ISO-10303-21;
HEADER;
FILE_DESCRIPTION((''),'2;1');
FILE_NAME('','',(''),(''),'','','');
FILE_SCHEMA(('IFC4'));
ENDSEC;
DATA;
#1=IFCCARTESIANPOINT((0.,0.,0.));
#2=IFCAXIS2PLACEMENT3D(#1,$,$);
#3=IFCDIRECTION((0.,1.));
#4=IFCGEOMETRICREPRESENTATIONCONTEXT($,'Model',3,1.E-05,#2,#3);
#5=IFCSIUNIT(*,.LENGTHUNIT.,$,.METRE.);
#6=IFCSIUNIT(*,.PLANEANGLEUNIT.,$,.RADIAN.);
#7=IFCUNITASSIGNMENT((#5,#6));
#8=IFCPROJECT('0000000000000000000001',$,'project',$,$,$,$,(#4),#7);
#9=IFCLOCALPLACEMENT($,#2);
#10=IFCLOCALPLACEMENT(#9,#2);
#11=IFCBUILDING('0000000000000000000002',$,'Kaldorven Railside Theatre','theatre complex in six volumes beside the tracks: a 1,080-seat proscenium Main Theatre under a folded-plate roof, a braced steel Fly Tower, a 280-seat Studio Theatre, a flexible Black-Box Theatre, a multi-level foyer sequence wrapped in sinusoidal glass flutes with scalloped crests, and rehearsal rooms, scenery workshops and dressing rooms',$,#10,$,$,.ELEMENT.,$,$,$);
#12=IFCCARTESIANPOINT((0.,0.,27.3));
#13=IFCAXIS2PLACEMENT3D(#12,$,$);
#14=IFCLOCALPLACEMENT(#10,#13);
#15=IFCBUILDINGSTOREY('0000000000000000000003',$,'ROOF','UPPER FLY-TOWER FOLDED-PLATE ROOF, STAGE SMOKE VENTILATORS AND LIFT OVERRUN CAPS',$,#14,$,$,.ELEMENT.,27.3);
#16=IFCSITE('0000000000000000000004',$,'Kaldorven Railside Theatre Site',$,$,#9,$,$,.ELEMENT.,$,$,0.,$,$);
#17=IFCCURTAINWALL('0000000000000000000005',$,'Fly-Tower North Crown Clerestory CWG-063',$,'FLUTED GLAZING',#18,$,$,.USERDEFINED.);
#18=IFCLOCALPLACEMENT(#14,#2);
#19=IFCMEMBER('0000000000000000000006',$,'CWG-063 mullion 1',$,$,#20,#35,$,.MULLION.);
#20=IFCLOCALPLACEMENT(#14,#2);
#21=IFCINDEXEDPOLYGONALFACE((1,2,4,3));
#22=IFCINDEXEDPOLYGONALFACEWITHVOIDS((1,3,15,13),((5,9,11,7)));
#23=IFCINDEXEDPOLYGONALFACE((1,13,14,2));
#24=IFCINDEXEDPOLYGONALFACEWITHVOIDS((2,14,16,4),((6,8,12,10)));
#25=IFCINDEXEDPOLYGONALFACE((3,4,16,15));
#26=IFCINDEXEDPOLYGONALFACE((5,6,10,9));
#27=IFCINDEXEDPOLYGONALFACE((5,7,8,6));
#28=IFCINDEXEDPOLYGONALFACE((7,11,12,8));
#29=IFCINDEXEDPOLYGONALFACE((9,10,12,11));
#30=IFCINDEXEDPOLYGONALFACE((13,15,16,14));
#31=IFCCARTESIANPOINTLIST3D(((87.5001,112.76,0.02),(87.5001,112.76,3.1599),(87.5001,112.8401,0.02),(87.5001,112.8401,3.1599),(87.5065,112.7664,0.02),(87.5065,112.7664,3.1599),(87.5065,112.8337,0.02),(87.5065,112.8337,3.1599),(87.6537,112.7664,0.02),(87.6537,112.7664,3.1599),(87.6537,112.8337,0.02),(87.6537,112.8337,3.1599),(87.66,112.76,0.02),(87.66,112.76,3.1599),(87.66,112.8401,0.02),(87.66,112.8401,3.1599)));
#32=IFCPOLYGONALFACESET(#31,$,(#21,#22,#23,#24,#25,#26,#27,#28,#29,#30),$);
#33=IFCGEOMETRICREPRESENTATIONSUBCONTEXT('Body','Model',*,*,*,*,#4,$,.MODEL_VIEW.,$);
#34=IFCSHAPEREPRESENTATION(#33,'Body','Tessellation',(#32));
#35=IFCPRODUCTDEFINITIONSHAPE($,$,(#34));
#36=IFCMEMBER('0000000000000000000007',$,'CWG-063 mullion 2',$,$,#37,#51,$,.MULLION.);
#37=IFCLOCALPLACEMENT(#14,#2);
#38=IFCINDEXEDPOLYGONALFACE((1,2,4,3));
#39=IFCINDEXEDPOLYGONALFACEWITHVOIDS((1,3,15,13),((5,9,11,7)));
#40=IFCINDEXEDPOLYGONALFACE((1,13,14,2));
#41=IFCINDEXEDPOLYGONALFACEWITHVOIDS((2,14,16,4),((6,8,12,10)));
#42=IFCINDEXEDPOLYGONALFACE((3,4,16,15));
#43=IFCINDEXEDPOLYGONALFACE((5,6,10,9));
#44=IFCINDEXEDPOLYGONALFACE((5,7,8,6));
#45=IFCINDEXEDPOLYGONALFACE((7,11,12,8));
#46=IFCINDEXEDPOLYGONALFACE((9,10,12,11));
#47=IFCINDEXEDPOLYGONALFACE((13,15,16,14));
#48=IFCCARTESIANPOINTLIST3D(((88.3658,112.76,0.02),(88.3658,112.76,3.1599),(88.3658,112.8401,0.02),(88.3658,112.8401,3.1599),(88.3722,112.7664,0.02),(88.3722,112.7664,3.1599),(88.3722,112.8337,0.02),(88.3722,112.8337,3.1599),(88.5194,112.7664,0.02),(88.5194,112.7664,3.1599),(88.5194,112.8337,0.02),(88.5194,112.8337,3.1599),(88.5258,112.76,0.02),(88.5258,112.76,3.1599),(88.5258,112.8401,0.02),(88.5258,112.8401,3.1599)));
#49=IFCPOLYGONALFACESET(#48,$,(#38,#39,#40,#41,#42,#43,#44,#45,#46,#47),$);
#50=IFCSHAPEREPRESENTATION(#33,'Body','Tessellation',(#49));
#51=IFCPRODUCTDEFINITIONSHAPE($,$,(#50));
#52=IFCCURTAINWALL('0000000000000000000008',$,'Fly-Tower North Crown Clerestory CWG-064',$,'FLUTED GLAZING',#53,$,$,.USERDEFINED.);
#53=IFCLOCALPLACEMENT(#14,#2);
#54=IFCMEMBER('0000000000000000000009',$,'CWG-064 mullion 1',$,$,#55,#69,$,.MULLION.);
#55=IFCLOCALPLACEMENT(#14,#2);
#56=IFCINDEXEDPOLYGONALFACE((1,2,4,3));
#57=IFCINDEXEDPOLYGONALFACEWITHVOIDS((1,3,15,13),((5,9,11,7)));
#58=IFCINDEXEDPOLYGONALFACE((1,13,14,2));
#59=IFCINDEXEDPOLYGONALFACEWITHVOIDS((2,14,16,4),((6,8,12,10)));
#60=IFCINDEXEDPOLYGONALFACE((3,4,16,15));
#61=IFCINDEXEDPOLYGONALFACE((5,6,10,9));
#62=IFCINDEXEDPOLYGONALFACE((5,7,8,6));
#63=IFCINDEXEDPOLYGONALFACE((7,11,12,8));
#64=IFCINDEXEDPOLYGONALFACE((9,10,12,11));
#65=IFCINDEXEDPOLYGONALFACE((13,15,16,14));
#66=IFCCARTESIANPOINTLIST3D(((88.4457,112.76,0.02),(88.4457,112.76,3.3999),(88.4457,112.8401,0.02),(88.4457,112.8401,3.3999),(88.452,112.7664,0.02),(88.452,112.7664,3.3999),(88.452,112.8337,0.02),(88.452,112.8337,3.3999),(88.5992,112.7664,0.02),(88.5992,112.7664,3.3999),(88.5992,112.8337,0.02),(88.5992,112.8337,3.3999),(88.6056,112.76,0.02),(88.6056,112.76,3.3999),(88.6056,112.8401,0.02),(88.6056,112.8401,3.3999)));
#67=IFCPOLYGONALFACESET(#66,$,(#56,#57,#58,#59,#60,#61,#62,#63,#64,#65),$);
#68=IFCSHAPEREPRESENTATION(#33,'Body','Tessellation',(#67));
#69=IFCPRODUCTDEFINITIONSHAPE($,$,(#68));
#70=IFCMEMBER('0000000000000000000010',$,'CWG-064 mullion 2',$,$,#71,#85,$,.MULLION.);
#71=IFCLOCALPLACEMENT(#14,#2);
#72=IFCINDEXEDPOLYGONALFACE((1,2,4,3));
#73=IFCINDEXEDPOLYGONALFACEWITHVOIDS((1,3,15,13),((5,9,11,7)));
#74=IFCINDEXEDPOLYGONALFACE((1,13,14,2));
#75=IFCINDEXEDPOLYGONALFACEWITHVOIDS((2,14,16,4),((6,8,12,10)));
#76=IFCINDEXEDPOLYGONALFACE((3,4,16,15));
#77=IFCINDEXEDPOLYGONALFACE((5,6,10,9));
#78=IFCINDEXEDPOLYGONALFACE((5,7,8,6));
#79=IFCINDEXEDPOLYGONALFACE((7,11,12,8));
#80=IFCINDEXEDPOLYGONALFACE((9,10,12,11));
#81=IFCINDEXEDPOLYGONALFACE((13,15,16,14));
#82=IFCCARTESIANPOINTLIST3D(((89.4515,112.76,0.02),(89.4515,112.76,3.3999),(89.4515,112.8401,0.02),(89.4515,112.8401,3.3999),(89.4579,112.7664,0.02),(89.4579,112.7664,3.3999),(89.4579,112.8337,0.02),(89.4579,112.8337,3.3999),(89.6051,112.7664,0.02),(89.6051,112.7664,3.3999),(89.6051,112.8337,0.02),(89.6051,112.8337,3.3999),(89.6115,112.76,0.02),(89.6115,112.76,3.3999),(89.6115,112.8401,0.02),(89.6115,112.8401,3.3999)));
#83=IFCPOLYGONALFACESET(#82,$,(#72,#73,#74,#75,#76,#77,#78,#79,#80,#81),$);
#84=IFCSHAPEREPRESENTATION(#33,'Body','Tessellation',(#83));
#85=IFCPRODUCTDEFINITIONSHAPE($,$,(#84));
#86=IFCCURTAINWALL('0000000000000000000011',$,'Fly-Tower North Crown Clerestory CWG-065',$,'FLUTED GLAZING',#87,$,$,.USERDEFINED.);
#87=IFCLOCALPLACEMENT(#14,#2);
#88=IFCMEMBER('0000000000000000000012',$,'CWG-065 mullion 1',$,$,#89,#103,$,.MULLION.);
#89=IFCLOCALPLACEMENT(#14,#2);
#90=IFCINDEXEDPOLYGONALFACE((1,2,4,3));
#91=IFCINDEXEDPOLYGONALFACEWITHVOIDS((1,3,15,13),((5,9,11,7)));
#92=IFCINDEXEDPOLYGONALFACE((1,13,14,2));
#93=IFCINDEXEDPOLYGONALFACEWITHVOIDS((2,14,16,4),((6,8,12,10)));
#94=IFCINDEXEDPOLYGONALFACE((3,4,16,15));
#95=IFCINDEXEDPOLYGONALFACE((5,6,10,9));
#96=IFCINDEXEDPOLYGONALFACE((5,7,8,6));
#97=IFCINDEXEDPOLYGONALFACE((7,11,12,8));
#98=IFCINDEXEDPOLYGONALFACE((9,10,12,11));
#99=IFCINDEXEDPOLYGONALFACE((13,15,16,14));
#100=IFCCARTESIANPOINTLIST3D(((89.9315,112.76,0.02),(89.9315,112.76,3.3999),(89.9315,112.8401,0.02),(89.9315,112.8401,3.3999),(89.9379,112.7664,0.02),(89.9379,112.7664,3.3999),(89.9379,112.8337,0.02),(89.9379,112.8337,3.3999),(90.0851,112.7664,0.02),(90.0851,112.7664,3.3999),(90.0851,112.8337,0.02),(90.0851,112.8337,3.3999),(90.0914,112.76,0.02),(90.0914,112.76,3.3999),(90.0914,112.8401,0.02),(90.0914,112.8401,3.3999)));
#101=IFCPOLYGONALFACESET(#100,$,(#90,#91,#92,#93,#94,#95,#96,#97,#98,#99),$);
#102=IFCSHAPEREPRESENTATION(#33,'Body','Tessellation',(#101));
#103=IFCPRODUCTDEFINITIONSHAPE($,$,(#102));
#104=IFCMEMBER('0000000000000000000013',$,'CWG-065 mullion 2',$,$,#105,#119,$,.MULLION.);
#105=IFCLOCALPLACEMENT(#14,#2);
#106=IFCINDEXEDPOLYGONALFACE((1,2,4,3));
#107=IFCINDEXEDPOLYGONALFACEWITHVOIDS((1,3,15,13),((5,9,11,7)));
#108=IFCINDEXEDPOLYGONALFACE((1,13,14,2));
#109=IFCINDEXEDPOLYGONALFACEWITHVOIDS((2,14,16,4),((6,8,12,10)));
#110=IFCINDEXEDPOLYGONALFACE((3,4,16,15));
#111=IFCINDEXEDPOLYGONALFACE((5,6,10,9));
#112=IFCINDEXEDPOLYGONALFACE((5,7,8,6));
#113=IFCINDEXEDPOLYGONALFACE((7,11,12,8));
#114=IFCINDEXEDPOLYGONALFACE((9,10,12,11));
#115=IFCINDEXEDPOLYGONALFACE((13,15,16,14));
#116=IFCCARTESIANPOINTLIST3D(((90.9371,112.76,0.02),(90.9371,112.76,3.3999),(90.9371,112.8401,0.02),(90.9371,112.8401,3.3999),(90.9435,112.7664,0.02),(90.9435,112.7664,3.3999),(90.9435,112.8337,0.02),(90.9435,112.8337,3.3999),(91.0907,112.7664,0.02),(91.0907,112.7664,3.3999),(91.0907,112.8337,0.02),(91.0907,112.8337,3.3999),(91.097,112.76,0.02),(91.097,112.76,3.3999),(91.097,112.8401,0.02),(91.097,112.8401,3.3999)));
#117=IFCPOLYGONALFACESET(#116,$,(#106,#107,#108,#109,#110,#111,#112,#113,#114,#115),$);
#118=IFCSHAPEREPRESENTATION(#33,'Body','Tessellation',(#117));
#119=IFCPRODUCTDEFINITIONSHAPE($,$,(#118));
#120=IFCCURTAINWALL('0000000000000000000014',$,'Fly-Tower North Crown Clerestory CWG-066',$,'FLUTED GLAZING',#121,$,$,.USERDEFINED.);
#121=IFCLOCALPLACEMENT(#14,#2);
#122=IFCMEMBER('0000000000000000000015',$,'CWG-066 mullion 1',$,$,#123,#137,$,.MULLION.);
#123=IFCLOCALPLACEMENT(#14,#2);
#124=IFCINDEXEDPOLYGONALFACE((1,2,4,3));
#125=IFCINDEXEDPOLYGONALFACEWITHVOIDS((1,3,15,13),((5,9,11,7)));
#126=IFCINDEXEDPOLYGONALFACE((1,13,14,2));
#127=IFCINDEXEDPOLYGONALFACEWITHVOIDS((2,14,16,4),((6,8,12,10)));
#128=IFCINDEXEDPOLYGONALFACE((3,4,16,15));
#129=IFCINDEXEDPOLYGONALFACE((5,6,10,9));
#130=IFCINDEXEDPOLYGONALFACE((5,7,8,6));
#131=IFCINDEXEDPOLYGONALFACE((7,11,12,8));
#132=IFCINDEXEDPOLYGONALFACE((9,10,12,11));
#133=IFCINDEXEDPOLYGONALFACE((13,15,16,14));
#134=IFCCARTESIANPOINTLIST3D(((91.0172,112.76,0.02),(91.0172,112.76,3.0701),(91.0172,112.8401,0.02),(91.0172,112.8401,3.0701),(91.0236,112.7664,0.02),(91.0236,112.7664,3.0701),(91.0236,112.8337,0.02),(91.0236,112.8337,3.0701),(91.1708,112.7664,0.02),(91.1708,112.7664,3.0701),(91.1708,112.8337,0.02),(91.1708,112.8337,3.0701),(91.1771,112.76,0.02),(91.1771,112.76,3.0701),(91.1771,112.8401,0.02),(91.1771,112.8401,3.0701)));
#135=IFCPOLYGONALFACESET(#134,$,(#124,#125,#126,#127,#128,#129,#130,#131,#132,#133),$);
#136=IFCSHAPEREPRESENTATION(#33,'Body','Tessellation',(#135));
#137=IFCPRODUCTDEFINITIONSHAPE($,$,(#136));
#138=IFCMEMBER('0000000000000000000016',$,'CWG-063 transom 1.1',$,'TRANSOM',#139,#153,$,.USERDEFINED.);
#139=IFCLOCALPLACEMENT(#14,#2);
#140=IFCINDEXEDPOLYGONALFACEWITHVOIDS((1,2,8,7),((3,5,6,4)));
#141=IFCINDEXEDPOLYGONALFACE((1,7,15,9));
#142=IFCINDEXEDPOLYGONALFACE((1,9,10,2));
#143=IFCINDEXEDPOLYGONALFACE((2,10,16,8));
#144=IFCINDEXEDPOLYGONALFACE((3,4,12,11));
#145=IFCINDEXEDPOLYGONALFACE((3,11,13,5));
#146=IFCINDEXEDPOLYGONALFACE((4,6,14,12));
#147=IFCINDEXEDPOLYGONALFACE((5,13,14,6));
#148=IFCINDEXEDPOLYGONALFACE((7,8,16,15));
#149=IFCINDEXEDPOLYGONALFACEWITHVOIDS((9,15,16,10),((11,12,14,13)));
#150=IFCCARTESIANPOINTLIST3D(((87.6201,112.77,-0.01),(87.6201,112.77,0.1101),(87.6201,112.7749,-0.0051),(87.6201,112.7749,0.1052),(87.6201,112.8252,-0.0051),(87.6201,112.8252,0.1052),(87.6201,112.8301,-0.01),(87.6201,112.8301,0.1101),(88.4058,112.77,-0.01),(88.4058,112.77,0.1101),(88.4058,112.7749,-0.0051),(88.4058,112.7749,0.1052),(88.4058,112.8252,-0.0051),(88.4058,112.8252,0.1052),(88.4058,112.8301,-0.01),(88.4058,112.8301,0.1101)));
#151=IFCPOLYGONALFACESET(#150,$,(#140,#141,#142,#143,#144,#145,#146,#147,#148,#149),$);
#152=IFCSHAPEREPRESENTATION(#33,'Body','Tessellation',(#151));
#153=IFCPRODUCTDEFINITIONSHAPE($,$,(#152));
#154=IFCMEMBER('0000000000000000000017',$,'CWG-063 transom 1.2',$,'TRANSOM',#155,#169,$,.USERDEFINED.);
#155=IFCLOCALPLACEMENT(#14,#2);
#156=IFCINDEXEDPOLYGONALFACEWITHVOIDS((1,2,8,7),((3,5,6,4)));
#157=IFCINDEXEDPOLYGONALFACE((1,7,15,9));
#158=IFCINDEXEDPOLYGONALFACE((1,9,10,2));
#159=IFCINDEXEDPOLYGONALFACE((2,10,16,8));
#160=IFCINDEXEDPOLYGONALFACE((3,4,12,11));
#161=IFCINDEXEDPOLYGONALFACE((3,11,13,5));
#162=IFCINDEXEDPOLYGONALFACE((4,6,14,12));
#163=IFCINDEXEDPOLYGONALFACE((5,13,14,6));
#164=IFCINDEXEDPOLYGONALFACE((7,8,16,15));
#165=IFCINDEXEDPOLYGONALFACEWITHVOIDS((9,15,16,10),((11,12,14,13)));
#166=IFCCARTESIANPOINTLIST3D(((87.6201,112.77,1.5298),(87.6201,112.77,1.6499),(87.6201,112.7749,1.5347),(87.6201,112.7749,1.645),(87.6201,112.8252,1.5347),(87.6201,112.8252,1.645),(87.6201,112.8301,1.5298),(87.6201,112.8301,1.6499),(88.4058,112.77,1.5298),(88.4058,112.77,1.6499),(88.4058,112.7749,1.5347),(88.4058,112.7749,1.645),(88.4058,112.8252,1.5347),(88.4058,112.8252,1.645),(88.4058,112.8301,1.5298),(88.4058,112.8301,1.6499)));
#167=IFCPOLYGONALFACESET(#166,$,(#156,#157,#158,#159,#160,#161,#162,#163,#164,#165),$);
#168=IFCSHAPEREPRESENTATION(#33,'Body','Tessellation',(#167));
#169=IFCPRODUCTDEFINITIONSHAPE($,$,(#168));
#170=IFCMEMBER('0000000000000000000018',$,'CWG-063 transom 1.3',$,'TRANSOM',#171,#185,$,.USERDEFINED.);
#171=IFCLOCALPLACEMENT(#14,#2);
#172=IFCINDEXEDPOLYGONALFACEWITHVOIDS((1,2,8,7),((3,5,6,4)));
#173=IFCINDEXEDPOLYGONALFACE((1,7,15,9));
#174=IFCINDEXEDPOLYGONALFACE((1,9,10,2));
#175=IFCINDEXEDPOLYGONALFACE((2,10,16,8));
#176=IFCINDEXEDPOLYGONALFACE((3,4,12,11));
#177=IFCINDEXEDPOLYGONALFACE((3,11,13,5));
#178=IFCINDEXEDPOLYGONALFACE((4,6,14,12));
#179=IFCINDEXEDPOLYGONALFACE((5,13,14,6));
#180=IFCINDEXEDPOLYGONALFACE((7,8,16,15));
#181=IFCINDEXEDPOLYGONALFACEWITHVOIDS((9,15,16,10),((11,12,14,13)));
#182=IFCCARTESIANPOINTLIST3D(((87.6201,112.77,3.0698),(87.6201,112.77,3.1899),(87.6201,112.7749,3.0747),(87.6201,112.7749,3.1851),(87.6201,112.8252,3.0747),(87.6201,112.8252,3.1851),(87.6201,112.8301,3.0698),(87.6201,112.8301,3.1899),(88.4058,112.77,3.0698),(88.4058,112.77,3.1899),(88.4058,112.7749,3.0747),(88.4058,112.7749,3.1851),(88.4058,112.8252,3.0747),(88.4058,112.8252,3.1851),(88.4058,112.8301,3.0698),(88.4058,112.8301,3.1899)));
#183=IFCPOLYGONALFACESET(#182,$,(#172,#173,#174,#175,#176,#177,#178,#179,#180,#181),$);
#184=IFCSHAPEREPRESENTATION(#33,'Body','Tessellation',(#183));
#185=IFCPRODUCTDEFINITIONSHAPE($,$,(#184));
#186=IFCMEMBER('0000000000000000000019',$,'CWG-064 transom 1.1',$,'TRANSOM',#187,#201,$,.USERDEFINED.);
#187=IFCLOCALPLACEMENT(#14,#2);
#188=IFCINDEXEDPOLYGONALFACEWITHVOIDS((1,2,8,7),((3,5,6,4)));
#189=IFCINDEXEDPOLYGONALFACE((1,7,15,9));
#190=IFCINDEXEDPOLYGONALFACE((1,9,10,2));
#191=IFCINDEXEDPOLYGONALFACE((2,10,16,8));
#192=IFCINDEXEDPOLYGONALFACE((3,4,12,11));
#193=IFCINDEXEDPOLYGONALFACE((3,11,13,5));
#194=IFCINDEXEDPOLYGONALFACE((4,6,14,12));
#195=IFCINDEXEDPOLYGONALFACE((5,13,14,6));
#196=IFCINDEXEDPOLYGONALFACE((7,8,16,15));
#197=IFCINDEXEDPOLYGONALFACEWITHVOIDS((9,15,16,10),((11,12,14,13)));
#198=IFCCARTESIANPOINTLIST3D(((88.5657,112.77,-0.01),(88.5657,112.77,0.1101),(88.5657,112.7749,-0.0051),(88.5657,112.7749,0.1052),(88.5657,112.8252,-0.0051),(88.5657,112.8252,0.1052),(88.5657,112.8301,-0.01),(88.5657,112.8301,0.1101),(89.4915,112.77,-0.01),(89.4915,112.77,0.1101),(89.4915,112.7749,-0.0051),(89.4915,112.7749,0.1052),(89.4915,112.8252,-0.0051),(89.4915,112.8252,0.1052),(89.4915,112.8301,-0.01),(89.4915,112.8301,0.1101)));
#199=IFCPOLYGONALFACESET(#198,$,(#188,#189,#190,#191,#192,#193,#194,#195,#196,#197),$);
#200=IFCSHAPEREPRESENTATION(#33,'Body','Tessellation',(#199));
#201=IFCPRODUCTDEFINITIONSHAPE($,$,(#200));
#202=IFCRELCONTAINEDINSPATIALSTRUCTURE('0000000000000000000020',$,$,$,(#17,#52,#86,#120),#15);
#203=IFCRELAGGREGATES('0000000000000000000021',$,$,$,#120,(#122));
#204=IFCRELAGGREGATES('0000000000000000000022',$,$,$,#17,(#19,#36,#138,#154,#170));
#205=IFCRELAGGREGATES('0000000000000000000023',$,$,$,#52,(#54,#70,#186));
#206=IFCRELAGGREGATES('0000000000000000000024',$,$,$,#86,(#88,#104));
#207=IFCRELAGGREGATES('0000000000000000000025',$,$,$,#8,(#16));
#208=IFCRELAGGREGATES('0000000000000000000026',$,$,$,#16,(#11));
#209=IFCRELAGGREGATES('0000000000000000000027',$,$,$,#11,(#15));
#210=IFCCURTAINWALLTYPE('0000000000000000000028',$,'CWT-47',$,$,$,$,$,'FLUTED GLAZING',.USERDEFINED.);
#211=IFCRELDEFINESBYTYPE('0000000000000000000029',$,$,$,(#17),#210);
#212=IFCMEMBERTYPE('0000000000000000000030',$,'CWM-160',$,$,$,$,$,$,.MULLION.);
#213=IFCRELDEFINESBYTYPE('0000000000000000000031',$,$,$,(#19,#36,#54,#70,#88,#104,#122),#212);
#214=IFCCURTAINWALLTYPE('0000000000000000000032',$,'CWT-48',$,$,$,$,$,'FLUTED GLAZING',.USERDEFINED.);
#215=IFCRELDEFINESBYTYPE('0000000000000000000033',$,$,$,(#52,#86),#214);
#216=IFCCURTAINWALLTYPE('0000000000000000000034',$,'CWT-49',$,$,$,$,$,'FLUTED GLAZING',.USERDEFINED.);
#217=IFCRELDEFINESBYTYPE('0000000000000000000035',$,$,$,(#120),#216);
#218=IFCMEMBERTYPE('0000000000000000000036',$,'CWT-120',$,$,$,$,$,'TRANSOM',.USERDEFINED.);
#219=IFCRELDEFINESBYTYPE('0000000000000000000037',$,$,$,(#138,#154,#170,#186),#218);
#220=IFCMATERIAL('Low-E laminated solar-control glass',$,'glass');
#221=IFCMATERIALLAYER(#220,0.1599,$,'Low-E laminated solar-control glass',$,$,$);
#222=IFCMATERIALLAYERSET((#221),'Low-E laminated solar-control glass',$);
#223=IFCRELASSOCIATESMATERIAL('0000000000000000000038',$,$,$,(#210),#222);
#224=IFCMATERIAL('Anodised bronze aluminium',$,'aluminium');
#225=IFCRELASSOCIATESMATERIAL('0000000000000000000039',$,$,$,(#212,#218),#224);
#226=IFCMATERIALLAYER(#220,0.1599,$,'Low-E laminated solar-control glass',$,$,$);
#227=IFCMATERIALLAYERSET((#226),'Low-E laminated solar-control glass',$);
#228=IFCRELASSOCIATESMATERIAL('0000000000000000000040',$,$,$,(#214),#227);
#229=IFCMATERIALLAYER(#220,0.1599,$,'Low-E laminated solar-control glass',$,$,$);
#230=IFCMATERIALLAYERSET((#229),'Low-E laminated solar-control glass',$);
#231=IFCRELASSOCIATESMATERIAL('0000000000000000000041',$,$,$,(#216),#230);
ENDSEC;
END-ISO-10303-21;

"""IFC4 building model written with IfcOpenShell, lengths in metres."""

from ifc_helpers import new_model, si_unit, direction, frame, origin, origin_2d, place, context, subcontext, project, spatial, hollow_rectangle, extrude, material, layer, layer_set, material_profile, profile_set, type_object, element, aggregate, save


model = new_model("IFC4")

# Units and contexts
model_context = context("Model", 3, precision=1e-05, world=origin(), true_north=direction((0.0, 1.0)))
body_context = subcontext(model_context, "Body", "Model", "MODEL_VIEW")
ifc_project = project(units=[si_unit("LENGTHUNIT", "METRE"), si_unit("PLANEANGLEUNIT", "RADIAN")], contexts=[model_context])

# Site, building, storey
site_placement = place(None, origin())
site = spatial("IfcSite", under=ifc_project, at=site_placement, Name="Kaldorven Railside Theatre Site", CompositionType="ELEMENT", RefElevation=0.0)
building_placement = place(site_placement, origin())
building = spatial("IfcBuilding", under=site, at=building_placement, Name="Kaldorven Railside Theatre", Description="theatre complex in six volumes beside the tracks: a 1,080-seat proscenium Main Theatre under a folded-plate roof, a braced steel Fly Tower, a 280-seat Studio Theatre, a flexible Black-Box Theatre, a multi-level foyer sequence wrapped in sinusoidal glass flutes with scalloped crests, and rehearsal rooms, scenery workshops and dressing rooms", CompositionType="ELEMENT")
storey_placement = place(building_placement, frame((0.0, 0.0, 27.3)))
storey = spatial("IfcBuildingStorey", under=building, at=storey_placement, Name="ROOF", Description="UPPER FLY-TOWER FOLDED-PLATE ROOF, STAGE SMOKE VENTILATORS AND LIFT OVERRUN CAPS", CompositionType="ELEMENT", Elevation=27.3)

# Curtain walls, members
ifc_material_1 = material(Name="Low-E laminated solar-control glass", Category="glass")
ifc_layer_1 = layer(ifc_material_1, 0.1599, Name="Low-E laminated solar-control glass")
ifc_layer_set_1 = layer_set([ifc_layer_1], Name="Low-E laminated solar-control glass")
curtain_wall_type_1 = type_object("IfcCurtainWallType", Name="CWT-47", ElementType="FLUTED GLAZING", PredefinedType="USERDEFINED", material=ifc_layer_set_1)
curtain_wall_1_placement = place(storey_placement, origin())
curtain_wall_1 = element("IfcCurtainWall", 1, at=curtain_wall_1_placement, inside=storey, type_object=curtain_wall_type_1, Name="Fly-Tower North Crown Clerestory CWG-063", ObjectType="FLUTED GLAZING", PredefinedType="USERDEFINED")
ifc_material_2 = material(Name="Anodised bronze aluminium", Category="aluminium")
ifc_material_profile_1 = material_profile(ifc_material_2, hollow_rectangle(XDim=0.0801, YDim=0.1599, WallThickness=0.0063, at=origin_2d()), Name="RHS 160x80x6.3")
ifc_profile_set_1 = profile_set([ifc_material_profile_1], Name="Anodised bronze aluminium")
member_type_1 = type_object("IfcMemberType", Name="CWM-160", PredefinedType="MULLION", material=ifc_profile_set_1)
member_1_placement = place(storey_placement, frame((87.5801, 112.8, 0.02), z_axis=(0.0, 0.0, 1.0), x_axis=(0.0, 1.0, 0.0)))
member_1 = element("IfcMember", 2, at=member_1_placement, type_object=member_type_1, Name="CWG-063 mullion 1", PredefinedType="MULLION", context=body_context, shape_type="SweptSolid", body=[
    extrude(hollow_rectangle(XDim=0.0801, YDim=0.1599, WallThickness=0.0063, at=origin_2d()), origin(), (0.0, 0.0, 1.0), 3.1399),
])
member_2_placement = place(storey_placement, frame((88.4458, 112.8, 0.02), z_axis=(0.0, 0.0, 1.0), x_axis=(0.0, 1.0, 0.0)))
member_2 = element("IfcMember", 3, at=member_2_placement, type_object=member_type_1, Name="CWG-063 mullion 2", PredefinedType="MULLION", context=body_context, shape_type="SweptSolid", body=[
    extrude(hollow_rectangle(XDim=0.0801, YDim=0.1599, WallThickness=0.0063, at=origin_2d()), origin(), (0.0, 0.0, 1.0), 3.1399),
])
ifc_layer_2 = layer(ifc_material_1, 0.1599, Name="Low-E laminated solar-control glass")
ifc_layer_set_2 = layer_set([ifc_layer_2], Name="Low-E laminated solar-control glass")
curtain_wall_type_2 = type_object("IfcCurtainWallType", Name="CWT-48", ElementType="FLUTED GLAZING", PredefinedType="USERDEFINED", material=ifc_layer_set_2)
curtain_wall_2_placement = place(storey_placement, origin())
curtain_wall_2 = element("IfcCurtainWall", 4, at=curtain_wall_2_placement, inside=storey, type_object=curtain_wall_type_2, Name="Fly-Tower North Crown Clerestory CWG-064", ObjectType="FLUTED GLAZING", PredefinedType="USERDEFINED")
member_3_placement = place(storey_placement, frame((88.5256, 112.8, 0.02), z_axis=(0.0, 0.0, 1.0), x_axis=(0.0, 1.0, 0.0)))
member_3 = element("IfcMember", 5, at=member_3_placement, type_object=member_type_1, Name="CWG-064 mullion 1", PredefinedType="MULLION", context=body_context, shape_type="SweptSolid", body=[
    extrude(hollow_rectangle(XDim=0.0801, YDim=0.1599, WallThickness=0.0063, at=origin_2d()), origin(), (0.0, 0.0, 1.0), 3.3799),
])
member_4_placement = place(storey_placement, frame((89.5315, 112.8, 0.02), z_axis=(0.0, 0.0, 1.0), x_axis=(0.0, 1.0, 0.0)))
member_4 = element("IfcMember", 6, at=member_4_placement, type_object=member_type_1, Name="CWG-064 mullion 2", PredefinedType="MULLION", context=body_context, shape_type="SweptSolid", body=[
    extrude(hollow_rectangle(XDim=0.0801, YDim=0.1599, WallThickness=0.0063, at=origin_2d()), origin(), (0.0, 0.0, 1.0), 3.3799),
])
curtain_wall_3_placement = place(storey_placement, origin())
curtain_wall_3 = element("IfcCurtainWall", 7, at=curtain_wall_3_placement, inside=storey, type_object=curtain_wall_type_2, Name="Fly-Tower North Crown Clerestory CWG-065", ObjectType="FLUTED GLAZING", PredefinedType="USERDEFINED")
member_5_placement = place(storey_placement, frame((90.0115, 112.8, 0.02), z_axis=(0.0, 0.0, 1.0), x_axis=(0.0, 1.0, 0.0)))
member_5 = element("IfcMember", 8, at=member_5_placement, type_object=member_type_1, Name="CWG-065 mullion 1", PredefinedType="MULLION", context=body_context, shape_type="SweptSolid", body=[
    extrude(hollow_rectangle(XDim=0.0801, YDim=0.1599, WallThickness=0.0063, at=origin_2d()), origin(), (0.0, 0.0, 1.0), 3.3799),
])
member_6_placement = place(storey_placement, frame((91.0171, 112.8, 0.02), z_axis=(0.0, 0.0, 1.0), x_axis=(0.0, 1.0, 0.0)))
member_6 = element("IfcMember", 9, at=member_6_placement, type_object=member_type_1, Name="CWG-065 mullion 2", PredefinedType="MULLION", context=body_context, shape_type="SweptSolid", body=[
    extrude(hollow_rectangle(XDim=0.0801, YDim=0.1599, WallThickness=0.0063, at=origin_2d()), origin(), (0.0, 0.0, 1.0), 3.3799),
])

# Curtain wall, member
ifc_layer_3 = layer(ifc_material_1, 0.1599, Name="Low-E laminated solar-control glass")
ifc_layer_set_3 = layer_set([ifc_layer_3], Name="Low-E laminated solar-control glass")
curtain_wall_type_3 = type_object("IfcCurtainWallType", Name="CWT-49", ElementType="FLUTED GLAZING", PredefinedType="USERDEFINED", material=ifc_layer_set_3)
curtain_wall_4_placement = place(storey_placement, origin())
curtain_wall_4 = element("IfcCurtainWall", 10, at=curtain_wall_4_placement, inside=storey, type_object=curtain_wall_type_3, Name="Fly-Tower North Crown Clerestory CWG-066", ObjectType="FLUTED GLAZING", PredefinedType="USERDEFINED")
member_7_placement = place(storey_placement, frame((91.0972, 112.8, 0.02), z_axis=(0.0, 0.0, 1.0), x_axis=(0.0, 1.0, 0.0)))
member_7 = element("IfcMember", 11, at=member_7_placement, type_object=member_type_1, Name="CWG-066 mullion 1", PredefinedType="MULLION", context=body_context, shape_type="SweptSolid", body=[
    extrude(hollow_rectangle(XDim=0.0801, YDim=0.1599, WallThickness=0.0063, at=origin_2d()), origin(), (0.0, 0.0, 1.0), 3.05),
])

# Members
ifc_material_profile_2 = material_profile(ifc_material_2, hollow_rectangle(XDim=0.0601, YDim=0.1201, WallThickness=0.0049, at=origin_2d()), Name="RHS 120x60x5")
ifc_profile_set_2 = profile_set([ifc_material_profile_2], Name="Anodised bronze aluminium")
member_type_2 = type_object("IfcMemberType", Name="CWT-120", ElementType="TRANSOM", PredefinedType="USERDEFINED", material=ifc_profile_set_2)
member_8_placement = place(storey_placement, frame((87.6201, 112.8, 0.05), z_axis=(1.0, 0.0, 0.0), x_axis=(0.0, 1.0, 0.0)))
member_8 = element("IfcMember", 12, at=member_8_placement, type_object=member_type_2, Name="CWG-063 transom 1.1", ObjectType="TRANSOM", PredefinedType="USERDEFINED", context=body_context, shape_type="SweptSolid", body=[
    extrude(hollow_rectangle(XDim=0.0601, YDim=0.1201, WallThickness=0.0049, at=origin_2d()), origin(), (0.0, 0.0, 1.0), 0.7856),
])
member_9_placement = place(storey_placement, frame((87.6201, 112.8, 1.5898), z_axis=(1.0, 0.0, 0.0), x_axis=(0.0, 1.0, 0.0)))
member_9 = element("IfcMember", 13, at=member_9_placement, type_object=member_type_2, Name="CWG-063 transom 1.2", ObjectType="TRANSOM", PredefinedType="USERDEFINED", context=body_context, shape_type="SweptSolid", body=[
    extrude(hollow_rectangle(XDim=0.0601, YDim=0.1201, WallThickness=0.0049, at=origin_2d()), origin(), (0.0, 0.0, 1.0), 0.7856),
])
member_10_placement = place(storey_placement, frame((87.6201, 112.8, 3.1299), z_axis=(1.0, 0.0, 0.0), x_axis=(0.0, 1.0, 0.0)))
member_10 = element("IfcMember", 14, at=member_10_placement, type_object=member_type_2, Name="CWG-063 transom 1.3", ObjectType="TRANSOM", PredefinedType="USERDEFINED", context=body_context, shape_type="SweptSolid", body=[
    extrude(hollow_rectangle(XDim=0.0601, YDim=0.1201, WallThickness=0.0049, at=origin_2d()), origin(), (0.0, 0.0, 1.0), 0.7856),
])
member_11_placement = place(storey_placement, frame((88.5657, 112.8, 0.05), z_axis=(1.0, 0.0, 0.0), x_axis=(0.0, 1.0, 0.0)))
member_11 = element("IfcMember", 15, at=member_11_placement, type_object=member_type_2, Name="CWG-064 transom 1.1", ObjectType="TRANSOM", PredefinedType="USERDEFINED", context=body_context, shape_type="SweptSolid", body=[
    extrude(hollow_rectangle(XDim=0.0601, YDim=0.1201, WallThickness=0.0049, at=origin_2d()), origin(), (0.0, 0.0, 1.0), 0.9258),
])
aggregate(curtain_wall_4, [member_7])

aggregate(curtain_wall_1, [member_1, member_2, member_8, member_9, member_10])
aggregate(curtain_wall_2, [member_3, member_4, member_11])
aggregate(curtain_wall_3, [member_5, member_6])

save(model, "model.ifc")
